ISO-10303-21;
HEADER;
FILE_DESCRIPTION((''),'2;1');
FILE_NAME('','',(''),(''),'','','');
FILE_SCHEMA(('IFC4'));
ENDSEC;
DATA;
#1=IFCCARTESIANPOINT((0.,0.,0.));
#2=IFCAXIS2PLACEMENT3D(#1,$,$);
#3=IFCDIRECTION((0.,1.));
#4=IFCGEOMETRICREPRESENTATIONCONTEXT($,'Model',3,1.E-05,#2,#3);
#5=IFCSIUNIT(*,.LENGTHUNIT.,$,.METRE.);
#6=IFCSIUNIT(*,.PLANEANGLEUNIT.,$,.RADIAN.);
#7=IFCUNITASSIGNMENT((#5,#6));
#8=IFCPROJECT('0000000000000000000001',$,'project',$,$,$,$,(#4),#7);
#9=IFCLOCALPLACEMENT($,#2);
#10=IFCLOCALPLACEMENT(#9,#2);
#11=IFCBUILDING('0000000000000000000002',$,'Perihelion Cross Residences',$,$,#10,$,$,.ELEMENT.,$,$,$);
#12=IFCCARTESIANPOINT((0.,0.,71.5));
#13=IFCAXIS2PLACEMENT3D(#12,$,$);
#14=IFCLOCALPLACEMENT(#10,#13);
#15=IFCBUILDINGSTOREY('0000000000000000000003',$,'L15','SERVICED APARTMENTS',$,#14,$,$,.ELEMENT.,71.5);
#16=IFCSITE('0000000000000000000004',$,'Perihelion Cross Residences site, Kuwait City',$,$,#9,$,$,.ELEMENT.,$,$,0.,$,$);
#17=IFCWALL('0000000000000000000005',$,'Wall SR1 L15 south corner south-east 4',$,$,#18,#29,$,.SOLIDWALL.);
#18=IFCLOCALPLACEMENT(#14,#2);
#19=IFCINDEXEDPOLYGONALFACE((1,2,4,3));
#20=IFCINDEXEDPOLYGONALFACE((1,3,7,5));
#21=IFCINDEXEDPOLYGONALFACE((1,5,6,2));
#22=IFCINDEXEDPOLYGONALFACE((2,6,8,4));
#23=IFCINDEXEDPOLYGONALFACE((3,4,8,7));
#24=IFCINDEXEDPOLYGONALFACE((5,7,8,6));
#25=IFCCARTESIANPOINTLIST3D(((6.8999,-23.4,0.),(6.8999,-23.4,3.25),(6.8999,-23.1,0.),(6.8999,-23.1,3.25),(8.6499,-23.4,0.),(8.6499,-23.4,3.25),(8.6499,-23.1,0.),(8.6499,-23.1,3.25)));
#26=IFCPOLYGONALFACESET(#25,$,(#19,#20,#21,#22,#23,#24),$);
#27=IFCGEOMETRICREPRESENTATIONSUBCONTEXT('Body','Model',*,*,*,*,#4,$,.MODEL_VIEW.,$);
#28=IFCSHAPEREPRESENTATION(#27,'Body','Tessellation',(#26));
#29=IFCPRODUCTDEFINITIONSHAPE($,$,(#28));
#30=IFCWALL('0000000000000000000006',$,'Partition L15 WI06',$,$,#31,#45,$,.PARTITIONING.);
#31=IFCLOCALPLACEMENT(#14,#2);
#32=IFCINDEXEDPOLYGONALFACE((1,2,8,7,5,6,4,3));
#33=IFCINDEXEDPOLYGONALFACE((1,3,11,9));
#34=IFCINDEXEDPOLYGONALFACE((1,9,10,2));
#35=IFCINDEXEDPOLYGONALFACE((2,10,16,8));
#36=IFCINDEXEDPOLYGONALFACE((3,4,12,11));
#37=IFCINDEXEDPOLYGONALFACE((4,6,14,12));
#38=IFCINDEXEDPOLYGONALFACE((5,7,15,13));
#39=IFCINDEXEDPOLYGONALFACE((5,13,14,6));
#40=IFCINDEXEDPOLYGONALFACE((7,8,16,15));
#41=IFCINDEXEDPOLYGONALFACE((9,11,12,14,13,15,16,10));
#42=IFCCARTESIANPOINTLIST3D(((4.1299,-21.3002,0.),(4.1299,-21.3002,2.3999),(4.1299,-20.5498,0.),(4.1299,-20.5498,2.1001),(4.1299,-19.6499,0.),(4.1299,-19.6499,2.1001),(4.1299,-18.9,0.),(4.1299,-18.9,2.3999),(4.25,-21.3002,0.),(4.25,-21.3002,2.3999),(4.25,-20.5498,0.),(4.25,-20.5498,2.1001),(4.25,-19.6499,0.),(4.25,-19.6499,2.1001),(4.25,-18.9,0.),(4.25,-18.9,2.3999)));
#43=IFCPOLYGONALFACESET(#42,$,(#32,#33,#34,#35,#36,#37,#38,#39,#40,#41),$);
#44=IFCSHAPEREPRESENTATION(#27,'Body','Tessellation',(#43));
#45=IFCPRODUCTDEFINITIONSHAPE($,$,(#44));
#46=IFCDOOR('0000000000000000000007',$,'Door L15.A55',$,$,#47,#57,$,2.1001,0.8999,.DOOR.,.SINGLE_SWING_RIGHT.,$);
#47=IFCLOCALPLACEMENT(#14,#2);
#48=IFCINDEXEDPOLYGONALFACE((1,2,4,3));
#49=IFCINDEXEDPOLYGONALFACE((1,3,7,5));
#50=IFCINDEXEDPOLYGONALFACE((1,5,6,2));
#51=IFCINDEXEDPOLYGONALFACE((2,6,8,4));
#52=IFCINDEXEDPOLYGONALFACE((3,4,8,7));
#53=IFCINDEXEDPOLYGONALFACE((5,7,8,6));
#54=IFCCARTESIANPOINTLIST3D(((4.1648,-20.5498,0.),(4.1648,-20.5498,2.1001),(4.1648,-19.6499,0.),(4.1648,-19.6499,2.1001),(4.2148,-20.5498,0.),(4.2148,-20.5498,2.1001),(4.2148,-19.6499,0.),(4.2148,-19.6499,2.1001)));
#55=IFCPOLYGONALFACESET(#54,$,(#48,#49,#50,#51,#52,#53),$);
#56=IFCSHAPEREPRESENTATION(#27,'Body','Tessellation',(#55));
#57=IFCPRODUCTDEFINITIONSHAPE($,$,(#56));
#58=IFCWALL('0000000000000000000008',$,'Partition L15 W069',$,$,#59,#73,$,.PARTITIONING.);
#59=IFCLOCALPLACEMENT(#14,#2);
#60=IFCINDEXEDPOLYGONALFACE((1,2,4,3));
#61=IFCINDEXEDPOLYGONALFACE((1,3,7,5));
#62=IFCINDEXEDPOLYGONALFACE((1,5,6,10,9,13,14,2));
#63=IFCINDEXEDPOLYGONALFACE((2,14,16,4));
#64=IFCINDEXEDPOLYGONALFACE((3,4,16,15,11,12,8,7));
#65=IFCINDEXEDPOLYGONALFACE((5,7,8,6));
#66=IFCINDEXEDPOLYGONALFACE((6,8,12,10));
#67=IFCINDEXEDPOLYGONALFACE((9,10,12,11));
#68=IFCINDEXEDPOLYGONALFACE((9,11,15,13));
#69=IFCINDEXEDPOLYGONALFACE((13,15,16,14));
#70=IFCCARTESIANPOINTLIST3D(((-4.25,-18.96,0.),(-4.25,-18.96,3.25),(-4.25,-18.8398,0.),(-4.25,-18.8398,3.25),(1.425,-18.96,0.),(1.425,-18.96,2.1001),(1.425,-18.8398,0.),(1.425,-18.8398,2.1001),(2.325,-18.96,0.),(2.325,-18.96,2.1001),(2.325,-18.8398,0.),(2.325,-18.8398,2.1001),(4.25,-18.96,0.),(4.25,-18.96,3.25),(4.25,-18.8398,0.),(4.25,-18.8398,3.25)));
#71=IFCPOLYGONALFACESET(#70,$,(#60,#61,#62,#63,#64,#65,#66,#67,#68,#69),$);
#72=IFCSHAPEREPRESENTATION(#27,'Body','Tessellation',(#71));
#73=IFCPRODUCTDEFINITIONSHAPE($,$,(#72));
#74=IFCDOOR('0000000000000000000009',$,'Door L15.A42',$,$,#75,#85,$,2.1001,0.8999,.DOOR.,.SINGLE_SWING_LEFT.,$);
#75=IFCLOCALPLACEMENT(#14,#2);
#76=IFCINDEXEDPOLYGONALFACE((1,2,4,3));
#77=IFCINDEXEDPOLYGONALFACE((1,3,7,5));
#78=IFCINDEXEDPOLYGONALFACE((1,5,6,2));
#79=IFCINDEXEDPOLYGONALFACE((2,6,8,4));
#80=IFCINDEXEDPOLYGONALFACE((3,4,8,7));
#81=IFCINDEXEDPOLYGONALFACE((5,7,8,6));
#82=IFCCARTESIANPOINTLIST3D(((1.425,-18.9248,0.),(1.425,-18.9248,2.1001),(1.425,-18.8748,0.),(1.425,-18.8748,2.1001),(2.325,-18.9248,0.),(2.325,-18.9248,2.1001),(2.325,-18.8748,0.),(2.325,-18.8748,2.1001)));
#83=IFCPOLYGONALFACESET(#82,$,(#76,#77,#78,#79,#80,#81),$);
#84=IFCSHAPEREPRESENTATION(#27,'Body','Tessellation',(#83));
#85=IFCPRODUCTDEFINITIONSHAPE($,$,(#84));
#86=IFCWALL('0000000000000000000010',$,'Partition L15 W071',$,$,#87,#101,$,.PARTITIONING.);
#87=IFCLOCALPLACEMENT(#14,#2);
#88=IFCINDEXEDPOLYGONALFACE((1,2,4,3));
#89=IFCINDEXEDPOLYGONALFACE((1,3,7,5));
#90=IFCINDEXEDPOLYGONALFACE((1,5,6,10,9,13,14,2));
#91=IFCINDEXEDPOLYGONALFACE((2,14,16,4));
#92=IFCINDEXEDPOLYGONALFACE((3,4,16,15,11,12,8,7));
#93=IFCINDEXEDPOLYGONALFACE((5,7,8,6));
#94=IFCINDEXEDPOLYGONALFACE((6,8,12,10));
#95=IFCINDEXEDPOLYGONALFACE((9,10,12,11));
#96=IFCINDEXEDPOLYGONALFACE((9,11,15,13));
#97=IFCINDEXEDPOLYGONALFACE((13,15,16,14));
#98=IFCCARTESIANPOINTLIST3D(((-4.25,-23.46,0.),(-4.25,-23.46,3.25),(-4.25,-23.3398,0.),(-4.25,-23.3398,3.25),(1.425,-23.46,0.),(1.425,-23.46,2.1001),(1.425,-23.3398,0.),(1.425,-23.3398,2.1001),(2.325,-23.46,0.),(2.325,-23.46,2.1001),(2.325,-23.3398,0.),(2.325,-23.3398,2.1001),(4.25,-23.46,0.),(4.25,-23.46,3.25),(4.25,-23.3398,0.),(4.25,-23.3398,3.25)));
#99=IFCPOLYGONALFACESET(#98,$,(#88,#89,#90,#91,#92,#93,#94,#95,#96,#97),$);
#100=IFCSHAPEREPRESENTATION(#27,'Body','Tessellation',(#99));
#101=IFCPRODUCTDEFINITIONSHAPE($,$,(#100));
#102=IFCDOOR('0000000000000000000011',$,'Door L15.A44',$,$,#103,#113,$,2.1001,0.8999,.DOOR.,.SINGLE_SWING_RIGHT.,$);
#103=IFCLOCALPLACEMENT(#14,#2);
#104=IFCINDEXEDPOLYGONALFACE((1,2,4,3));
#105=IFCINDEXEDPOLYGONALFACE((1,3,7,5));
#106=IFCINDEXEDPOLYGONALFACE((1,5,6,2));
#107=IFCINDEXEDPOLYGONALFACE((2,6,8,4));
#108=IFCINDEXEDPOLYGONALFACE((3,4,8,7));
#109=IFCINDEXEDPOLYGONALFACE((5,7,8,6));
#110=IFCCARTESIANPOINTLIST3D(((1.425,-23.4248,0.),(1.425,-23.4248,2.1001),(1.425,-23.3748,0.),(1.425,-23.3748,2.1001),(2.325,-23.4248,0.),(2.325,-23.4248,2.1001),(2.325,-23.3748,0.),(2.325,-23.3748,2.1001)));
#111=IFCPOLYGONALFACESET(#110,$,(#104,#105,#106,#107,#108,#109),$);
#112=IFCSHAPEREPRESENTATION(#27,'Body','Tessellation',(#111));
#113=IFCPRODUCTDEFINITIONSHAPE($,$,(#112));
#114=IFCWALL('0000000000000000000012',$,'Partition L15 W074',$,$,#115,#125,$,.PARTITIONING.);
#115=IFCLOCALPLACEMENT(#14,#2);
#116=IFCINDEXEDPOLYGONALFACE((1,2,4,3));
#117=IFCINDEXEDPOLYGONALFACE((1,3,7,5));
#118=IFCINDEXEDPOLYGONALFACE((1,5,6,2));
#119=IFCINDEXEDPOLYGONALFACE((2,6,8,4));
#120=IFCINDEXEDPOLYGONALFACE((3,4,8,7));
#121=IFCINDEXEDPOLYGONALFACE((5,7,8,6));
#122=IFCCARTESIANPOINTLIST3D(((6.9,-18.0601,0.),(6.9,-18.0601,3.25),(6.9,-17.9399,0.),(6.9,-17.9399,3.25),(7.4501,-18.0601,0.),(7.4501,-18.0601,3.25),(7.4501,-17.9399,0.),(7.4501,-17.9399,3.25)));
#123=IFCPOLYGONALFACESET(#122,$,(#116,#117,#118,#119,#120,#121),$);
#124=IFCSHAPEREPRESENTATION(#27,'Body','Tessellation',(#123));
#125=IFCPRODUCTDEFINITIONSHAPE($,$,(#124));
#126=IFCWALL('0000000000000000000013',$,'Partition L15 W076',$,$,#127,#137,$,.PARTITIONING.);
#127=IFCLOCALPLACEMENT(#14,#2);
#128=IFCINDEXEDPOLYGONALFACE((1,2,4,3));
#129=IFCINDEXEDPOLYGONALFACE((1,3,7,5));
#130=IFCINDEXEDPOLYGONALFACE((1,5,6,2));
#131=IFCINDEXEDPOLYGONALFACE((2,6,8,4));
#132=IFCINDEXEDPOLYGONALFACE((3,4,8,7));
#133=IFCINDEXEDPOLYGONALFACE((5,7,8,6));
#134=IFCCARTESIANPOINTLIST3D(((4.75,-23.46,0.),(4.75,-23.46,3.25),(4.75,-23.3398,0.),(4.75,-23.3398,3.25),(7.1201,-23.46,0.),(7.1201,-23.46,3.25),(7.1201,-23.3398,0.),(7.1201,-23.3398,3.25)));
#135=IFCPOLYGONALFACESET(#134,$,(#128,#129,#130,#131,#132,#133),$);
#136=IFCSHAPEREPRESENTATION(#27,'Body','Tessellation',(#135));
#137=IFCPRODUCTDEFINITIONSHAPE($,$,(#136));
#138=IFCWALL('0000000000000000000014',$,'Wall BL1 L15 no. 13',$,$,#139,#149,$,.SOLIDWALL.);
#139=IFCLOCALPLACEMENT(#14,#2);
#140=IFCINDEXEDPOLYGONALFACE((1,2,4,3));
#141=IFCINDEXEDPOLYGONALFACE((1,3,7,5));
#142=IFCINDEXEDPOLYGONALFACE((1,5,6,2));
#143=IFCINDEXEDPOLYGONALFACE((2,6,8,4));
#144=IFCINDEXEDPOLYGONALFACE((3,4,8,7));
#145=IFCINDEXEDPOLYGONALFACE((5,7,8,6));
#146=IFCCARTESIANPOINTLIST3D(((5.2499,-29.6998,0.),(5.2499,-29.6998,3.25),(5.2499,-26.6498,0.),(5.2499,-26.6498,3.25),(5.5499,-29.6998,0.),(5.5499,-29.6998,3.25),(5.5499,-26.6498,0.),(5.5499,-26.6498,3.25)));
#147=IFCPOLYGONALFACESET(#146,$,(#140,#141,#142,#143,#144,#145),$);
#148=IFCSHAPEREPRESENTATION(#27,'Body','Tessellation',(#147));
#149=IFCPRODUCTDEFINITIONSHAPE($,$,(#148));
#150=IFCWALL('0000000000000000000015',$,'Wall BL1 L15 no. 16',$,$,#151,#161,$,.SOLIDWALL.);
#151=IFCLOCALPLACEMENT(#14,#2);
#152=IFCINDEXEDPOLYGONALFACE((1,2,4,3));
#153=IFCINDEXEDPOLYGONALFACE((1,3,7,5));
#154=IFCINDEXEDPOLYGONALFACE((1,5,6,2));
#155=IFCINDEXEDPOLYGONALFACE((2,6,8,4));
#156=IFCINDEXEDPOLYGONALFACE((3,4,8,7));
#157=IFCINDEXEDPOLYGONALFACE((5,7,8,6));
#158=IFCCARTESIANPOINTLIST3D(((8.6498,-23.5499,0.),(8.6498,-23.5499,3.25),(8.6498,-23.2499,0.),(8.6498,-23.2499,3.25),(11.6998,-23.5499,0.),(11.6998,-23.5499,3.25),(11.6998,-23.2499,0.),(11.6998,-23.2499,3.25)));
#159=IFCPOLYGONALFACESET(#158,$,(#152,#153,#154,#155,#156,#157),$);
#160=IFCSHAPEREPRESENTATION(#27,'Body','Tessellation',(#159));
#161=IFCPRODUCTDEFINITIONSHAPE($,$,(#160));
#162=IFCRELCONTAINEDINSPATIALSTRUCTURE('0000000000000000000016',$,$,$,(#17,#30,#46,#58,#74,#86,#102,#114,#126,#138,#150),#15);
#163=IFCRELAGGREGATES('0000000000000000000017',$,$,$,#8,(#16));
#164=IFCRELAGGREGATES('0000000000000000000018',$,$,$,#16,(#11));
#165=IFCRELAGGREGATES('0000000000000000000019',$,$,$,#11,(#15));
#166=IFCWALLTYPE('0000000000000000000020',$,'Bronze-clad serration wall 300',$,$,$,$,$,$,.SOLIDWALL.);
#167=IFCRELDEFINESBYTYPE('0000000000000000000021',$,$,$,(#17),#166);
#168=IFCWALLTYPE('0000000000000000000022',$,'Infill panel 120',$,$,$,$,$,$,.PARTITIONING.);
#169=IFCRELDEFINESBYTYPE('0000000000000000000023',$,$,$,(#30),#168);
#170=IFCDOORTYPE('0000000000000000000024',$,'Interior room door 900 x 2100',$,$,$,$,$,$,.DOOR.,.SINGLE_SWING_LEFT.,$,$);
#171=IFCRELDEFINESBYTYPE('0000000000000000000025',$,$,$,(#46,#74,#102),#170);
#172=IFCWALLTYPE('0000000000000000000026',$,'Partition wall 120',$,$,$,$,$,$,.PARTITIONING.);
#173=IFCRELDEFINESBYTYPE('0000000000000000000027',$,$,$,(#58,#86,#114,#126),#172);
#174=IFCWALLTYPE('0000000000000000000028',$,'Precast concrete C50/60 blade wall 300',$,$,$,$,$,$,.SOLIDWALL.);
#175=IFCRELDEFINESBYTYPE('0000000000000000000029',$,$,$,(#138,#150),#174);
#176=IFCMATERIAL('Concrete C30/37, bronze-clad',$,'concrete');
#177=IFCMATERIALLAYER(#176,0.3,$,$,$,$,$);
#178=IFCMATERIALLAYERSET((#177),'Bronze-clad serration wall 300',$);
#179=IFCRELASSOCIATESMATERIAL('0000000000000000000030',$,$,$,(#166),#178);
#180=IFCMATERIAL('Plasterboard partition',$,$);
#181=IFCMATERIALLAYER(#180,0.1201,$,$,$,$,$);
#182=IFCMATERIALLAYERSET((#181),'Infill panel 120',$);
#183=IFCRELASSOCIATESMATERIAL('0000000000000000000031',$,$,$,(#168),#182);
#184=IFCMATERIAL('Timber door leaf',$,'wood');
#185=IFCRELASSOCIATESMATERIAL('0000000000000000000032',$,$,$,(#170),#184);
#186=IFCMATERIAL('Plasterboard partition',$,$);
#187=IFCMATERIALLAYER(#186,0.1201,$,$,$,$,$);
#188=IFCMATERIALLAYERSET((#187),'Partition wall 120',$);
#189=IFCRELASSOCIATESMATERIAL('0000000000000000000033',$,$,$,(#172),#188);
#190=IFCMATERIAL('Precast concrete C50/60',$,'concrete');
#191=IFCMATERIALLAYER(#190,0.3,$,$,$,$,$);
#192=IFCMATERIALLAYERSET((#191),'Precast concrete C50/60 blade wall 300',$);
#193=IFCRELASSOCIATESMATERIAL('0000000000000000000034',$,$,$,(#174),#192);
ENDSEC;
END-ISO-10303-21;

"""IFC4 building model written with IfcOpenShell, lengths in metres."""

from ifc_helpers import new_model, si_unit, direction, frame, frame_2d, origin, place, context, subcontext, project, spatial, rectangle, extrude, material, layer, layer_set, type_object, element, fill, save


model = new_model("IFC4")

# Units and contexts
model_context = context("Model", 3, precision=1e-05, world=origin(), true_north=direction((0.0, 1.0)))
body_context = subcontext(model_context, "Body", "Model", "MODEL_VIEW")
ifc_project = project(units=[si_unit("LENGTHUNIT", "METRE"), si_unit("PLANEANGLEUNIT", "RADIAN")], contexts=[model_context])

# Site, building, storey
site_placement = place(None, origin())
site = spatial("IfcSite", under=ifc_project, at=site_placement, Name="Perihelion Cross Residences site, Kuwait City", CompositionType="ELEMENT", RefElevation=0.0)
building_placement = place(site_placement, origin())
building = spatial("IfcBuilding", under=site, at=building_placement, Name="Perihelion Cross Residences", CompositionType="ELEMENT")
storey_placement = place(building_placement, frame((0.0, 0.0, 71.5)))
storey = spatial("IfcBuildingStorey", under=building, at=storey_placement, Name="L15", Description="SERVICED APARTMENTS", CompositionType="ELEMENT", Elevation=71.5)

# Wall
ifc_material_1 = material(Name="Concrete C30/37, bronze-clad", Category="concrete")
ifc_layer_1 = layer(ifc_material_1, 0.3)
ifc_layer_set_1 = layer_set([ifc_layer_1], Name="Bronze-clad serration wall 300")
wall_type_1 = type_object("IfcWallType", Name="Bronze-clad serration wall 300", PredefinedType="SOLIDWALL", material=ifc_layer_set_1)
wall_1_placement = place(storey_placement, frame((6.8999, -23.25, 0.0), z_axis=(0.0, 0.0, 1.0), x_axis=(1.0, 0.0, 0.0)))
element("IfcWall", 1, at=wall_1_placement, inside=storey, type_object=wall_type_1, Name="Wall SR1 L15 south corner south-east 4", PredefinedType="SOLIDWALL", context=body_context, shape_type="SweptSolid", body=[
    extrude(rectangle(XDim=1.75, YDim=0.3, at=frame_2d((0.875, 0.0))), origin(), (0.0, 0.0, 1.0), 3.25),
])

# Walls, openings, doors
ifc_material_2 = material(Name="Plasterboard partition")
ifc_layer_2 = layer(ifc_material_2, 0.1201)
ifc_layer_set_2 = layer_set([ifc_layer_2], Name="Infill panel 120")
wall_type_2 = type_object("IfcWallType", Name="Infill panel 120", PredefinedType="PARTITIONING", material=ifc_layer_set_2)
wall_2_placement = place(storey_placement, frame((4.1899, -18.8999, 0.0), z_axis=(0.0, 0.0, 1.0), x_axis=(0.0, -1.0, 0.0)))
wall_2 = element("IfcWall", 2, at=wall_2_placement, inside=storey, type_object=wall_type_2, Name="Partition L15 WI06", PredefinedType="PARTITIONING", context=body_context, shape_type="SweptSolid", body=[
    extrude(rectangle(XDim=2.4001, YDim=0.1201, at=frame_2d((1.2002, 0.0))), origin(), (0.0, 0.0, 1.0), 2.3999),
])
opening_1_placement = place(wall_2_placement, frame((0.75, 0.0, 0.0)))
opening_1 = element("IfcOpeningElement", 3, at=opening_1_placement, cuts=wall_2, PredefinedType="OPENING", context=body_context, shape_type="SweptSolid", body=[
    extrude(rectangle(XDim=0.8999, YDim=2.1001, at=frame_2d((0.45, 1.05))), frame((0.0, 0.0701, 0.0), z_axis=(0.0, -1.0, 0.0), x_axis=(1.0, 0.0, 0.0)), (0.0, 0.0, 1.0), 0.1401),
])
ifc_material_3 = material(Name="Timber door leaf", Category="wood")
door_type_1 = type_object("IfcDoorType", Name="Interior room door 900 x 2100", OperationType="SINGLE_SWING_LEFT", PredefinedType="DOOR", material=ifc_material_3)
door_1_placement = place(opening_1_placement, origin())
door_1 = element("IfcDoor", 4, at=door_1_placement, inside=storey, type_object=door_type_1, Name="Door L15.A55", OperationType="SINGLE_SWING_RIGHT", OverallHeight=2.1001, OverallWidth=0.8999, PredefinedType="DOOR", context=body_context, shape_type="SweptSolid", body=[
    extrude(rectangle(XDim=0.8999, YDim=2.1001, at=frame_2d((0.45, 1.05))), frame((0.0, 0.0249, 0.0), z_axis=(0.0, -1.0, 0.0), x_axis=(1.0, 0.0, 0.0)), (0.0, 0.0, 1.0), 0.05),
])
fill(opening_1, door_1)
ifc_material_4 = material(Name="Plasterboard partition")
ifc_layer_3 = layer(ifc_material_4, 0.1201)
ifc_layer_set_3 = layer_set([ifc_layer_3], Name="Partition wall 120")
wall_type_3 = type_object("IfcWallType", Name="Partition wall 120", PredefinedType="PARTITIONING", material=ifc_layer_set_3)
wall_3_placement = place(storey_placement, frame((4.25, -18.8999, 0.0), z_axis=(0.0, 0.0, 1.0), x_axis=(-1.0, 0.0, 0.0)))
wall_3 = element("IfcWall", 5, at=wall_3_placement, inside=storey, type_object=wall_type_3, Name="Partition L15 W069", PredefinedType="PARTITIONING", context=body_context, shape_type="SweptSolid", body=[
    extrude(rectangle(XDim=8.5, YDim=0.1201, at=frame_2d((4.25, 0.0))), origin(), (0.0, 0.0, 1.0), 3.25),
])
opening_2_placement = place(wall_3_placement, frame((1.925, 0.0, 0.0)))
opening_2 = element("IfcOpeningElement", 6, at=opening_2_placement, cuts=wall_3, PredefinedType="OPENING", context=body_context, shape_type="SweptSolid", body=[
    extrude(rectangle(XDim=0.8999, YDim=2.1001, at=frame_2d((0.45, 1.05))), frame((0.0, 0.0701, 0.0), z_axis=(0.0, -1.0, 0.0), x_axis=(1.0, 0.0, 0.0)), (0.0, 0.0, 1.0), 0.1401),
])
door_2_placement = place(opening_2_placement, origin())
door_2 = element("IfcDoor", 7, at=door_2_placement, inside=storey, type_object=door_type_1, Name="Door L15.A42", OperationType="SINGLE_SWING_LEFT", OverallHeight=2.1001, OverallWidth=0.8999, PredefinedType="DOOR", context=body_context, shape_type="SweptSolid", body=[
    extrude(rectangle(XDim=0.8999, YDim=2.1001, at=frame_2d((0.45, 1.05))), frame((0.0, 0.0249, 0.0), z_axis=(0.0, -1.0, 0.0), x_axis=(1.0, 0.0, 0.0)), (0.0, 0.0, 1.0), 0.05),
])
fill(opening_2, door_2)
wall_4_placement = place(storey_placement, frame((4.25, -23.3999, 0.0), z_axis=(0.0, 0.0, 1.0), x_axis=(-1.0, 0.0, 0.0)))
wall_4 = element("IfcWall", 8, at=wall_4_placement, inside=storey, type_object=wall_type_3, Name="Partition L15 W071", PredefinedType="PARTITIONING", context=body_context, shape_type="SweptSolid", body=[
    extrude(rectangle(XDim=8.5, YDim=0.1201, at=frame_2d((4.25, 0.0))), origin(), (0.0, 0.0, 1.0), 3.25),
])
opening_3_placement = place(wall_4_placement, frame((1.925, 0.0, 0.0)))
opening_3 = element("IfcOpeningElement", 9, at=opening_3_placement, cuts=wall_4, PredefinedType="OPENING", context=body_context, shape_type="SweptSolid", body=[
    extrude(rectangle(XDim=0.8999, YDim=2.1001, at=frame_2d((0.45, 1.05))), frame((0.0, 0.0701, 0.0), z_axis=(0.0, -1.0, 0.0), x_axis=(1.0, 0.0, 0.0)), (0.0, 0.0, 1.0), 0.1401),
])
door_3_placement = place(opening_3_placement, origin())
door_3 = element("IfcDoor", 10, at=door_3_placement, inside=storey, type_object=door_type_1, Name="Door L15.A44", OperationType="SINGLE_SWING_RIGHT", OverallHeight=2.1001, OverallWidth=0.8999, PredefinedType="DOOR", context=body_context, shape_type="SweptSolid", body=[
    extrude(rectangle(XDim=0.8999, YDim=2.1001, at=frame_2d((0.45, 1.05))), frame((0.0, 0.0249, 0.0), z_axis=(0.0, -1.0, 0.0), x_axis=(1.0, 0.0, 0.0)), (0.0, 0.0, 1.0), 0.05),
])
fill(opening_3, door_3)

# Walls
wall_5_placement = place(storey_placement, frame((7.45, -18.0, 0.0), z_axis=(0.0, 0.0, 1.0), x_axis=(-1.0, 0.0, 0.0)))
element("IfcWall", 11, at=wall_5_placement, inside=storey, type_object=wall_type_3, Name="Partition L15 W074", PredefinedType="PARTITIONING", context=body_context, shape_type="SweptSolid", body=[
    extrude(rectangle(XDim=0.55, YDim=0.1201, at=frame_2d((0.2749, 0.0))), origin(), (0.0, 0.0, 1.0), 3.25),
])
wall_6_placement = place(storey_placement, frame((7.1201, -23.3999, 0.0), z_axis=(0.0, 0.0, 1.0), x_axis=(-1.0, 0.0, 0.0)))
element("IfcWall", 12, at=wall_6_placement, inside=storey, type_object=wall_type_3, Name="Partition L15 W076", PredefinedType="PARTITIONING", context=body_context, shape_type="SweptSolid", body=[
    extrude(rectangle(XDim=2.3701, YDim=0.1201, at=frame_2d((1.1851, 0.0))), origin(), (0.0, 0.0, 1.0), 3.25),
])
ifc_material_5 = material(Name="Precast concrete C50/60", Category="concrete")
ifc_layer_4 = layer(ifc_material_5, 0.3)
ifc_layer_set_4 = layer_set([ifc_layer_4], Name="Precast concrete C50/60 blade wall 300")
wall_type_4 = type_object("IfcWallType", Name="Precast concrete C50/60 blade wall 300", PredefinedType="SOLIDWALL", material=ifc_layer_set_4)
for number, where, z_axis, x_axis, name in (
    (13, (5.3999, -26.6499, 0.0), (0.0, 0.0, 1.0), (0.0, -1.0, 0.0), "Wall BL1 L15 no. 13"),
    (14, (8.6499, -23.3999, 0.0), (0.0, 0.0, 1.0), (1.0, 0.0, 0.0), "Wall BL1 L15 no. 16"),
):
    element("IfcWall", number, at=place(storey_placement, frame(where, z_axis=z_axis, x_axis=x_axis)), inside=storey, type_object=wall_type_4, Name=name, PredefinedType="SOLIDWALL", context=body_context, shape_type="SweptSolid", body=[
        extrude(rectangle(XDim=3.05, YDim=0.3, at=frame_2d((1.5249, 0.0))), origin(), (0.0, 0.0, 1.0), 3.25),
    ])

save(model, "model.ifc")
